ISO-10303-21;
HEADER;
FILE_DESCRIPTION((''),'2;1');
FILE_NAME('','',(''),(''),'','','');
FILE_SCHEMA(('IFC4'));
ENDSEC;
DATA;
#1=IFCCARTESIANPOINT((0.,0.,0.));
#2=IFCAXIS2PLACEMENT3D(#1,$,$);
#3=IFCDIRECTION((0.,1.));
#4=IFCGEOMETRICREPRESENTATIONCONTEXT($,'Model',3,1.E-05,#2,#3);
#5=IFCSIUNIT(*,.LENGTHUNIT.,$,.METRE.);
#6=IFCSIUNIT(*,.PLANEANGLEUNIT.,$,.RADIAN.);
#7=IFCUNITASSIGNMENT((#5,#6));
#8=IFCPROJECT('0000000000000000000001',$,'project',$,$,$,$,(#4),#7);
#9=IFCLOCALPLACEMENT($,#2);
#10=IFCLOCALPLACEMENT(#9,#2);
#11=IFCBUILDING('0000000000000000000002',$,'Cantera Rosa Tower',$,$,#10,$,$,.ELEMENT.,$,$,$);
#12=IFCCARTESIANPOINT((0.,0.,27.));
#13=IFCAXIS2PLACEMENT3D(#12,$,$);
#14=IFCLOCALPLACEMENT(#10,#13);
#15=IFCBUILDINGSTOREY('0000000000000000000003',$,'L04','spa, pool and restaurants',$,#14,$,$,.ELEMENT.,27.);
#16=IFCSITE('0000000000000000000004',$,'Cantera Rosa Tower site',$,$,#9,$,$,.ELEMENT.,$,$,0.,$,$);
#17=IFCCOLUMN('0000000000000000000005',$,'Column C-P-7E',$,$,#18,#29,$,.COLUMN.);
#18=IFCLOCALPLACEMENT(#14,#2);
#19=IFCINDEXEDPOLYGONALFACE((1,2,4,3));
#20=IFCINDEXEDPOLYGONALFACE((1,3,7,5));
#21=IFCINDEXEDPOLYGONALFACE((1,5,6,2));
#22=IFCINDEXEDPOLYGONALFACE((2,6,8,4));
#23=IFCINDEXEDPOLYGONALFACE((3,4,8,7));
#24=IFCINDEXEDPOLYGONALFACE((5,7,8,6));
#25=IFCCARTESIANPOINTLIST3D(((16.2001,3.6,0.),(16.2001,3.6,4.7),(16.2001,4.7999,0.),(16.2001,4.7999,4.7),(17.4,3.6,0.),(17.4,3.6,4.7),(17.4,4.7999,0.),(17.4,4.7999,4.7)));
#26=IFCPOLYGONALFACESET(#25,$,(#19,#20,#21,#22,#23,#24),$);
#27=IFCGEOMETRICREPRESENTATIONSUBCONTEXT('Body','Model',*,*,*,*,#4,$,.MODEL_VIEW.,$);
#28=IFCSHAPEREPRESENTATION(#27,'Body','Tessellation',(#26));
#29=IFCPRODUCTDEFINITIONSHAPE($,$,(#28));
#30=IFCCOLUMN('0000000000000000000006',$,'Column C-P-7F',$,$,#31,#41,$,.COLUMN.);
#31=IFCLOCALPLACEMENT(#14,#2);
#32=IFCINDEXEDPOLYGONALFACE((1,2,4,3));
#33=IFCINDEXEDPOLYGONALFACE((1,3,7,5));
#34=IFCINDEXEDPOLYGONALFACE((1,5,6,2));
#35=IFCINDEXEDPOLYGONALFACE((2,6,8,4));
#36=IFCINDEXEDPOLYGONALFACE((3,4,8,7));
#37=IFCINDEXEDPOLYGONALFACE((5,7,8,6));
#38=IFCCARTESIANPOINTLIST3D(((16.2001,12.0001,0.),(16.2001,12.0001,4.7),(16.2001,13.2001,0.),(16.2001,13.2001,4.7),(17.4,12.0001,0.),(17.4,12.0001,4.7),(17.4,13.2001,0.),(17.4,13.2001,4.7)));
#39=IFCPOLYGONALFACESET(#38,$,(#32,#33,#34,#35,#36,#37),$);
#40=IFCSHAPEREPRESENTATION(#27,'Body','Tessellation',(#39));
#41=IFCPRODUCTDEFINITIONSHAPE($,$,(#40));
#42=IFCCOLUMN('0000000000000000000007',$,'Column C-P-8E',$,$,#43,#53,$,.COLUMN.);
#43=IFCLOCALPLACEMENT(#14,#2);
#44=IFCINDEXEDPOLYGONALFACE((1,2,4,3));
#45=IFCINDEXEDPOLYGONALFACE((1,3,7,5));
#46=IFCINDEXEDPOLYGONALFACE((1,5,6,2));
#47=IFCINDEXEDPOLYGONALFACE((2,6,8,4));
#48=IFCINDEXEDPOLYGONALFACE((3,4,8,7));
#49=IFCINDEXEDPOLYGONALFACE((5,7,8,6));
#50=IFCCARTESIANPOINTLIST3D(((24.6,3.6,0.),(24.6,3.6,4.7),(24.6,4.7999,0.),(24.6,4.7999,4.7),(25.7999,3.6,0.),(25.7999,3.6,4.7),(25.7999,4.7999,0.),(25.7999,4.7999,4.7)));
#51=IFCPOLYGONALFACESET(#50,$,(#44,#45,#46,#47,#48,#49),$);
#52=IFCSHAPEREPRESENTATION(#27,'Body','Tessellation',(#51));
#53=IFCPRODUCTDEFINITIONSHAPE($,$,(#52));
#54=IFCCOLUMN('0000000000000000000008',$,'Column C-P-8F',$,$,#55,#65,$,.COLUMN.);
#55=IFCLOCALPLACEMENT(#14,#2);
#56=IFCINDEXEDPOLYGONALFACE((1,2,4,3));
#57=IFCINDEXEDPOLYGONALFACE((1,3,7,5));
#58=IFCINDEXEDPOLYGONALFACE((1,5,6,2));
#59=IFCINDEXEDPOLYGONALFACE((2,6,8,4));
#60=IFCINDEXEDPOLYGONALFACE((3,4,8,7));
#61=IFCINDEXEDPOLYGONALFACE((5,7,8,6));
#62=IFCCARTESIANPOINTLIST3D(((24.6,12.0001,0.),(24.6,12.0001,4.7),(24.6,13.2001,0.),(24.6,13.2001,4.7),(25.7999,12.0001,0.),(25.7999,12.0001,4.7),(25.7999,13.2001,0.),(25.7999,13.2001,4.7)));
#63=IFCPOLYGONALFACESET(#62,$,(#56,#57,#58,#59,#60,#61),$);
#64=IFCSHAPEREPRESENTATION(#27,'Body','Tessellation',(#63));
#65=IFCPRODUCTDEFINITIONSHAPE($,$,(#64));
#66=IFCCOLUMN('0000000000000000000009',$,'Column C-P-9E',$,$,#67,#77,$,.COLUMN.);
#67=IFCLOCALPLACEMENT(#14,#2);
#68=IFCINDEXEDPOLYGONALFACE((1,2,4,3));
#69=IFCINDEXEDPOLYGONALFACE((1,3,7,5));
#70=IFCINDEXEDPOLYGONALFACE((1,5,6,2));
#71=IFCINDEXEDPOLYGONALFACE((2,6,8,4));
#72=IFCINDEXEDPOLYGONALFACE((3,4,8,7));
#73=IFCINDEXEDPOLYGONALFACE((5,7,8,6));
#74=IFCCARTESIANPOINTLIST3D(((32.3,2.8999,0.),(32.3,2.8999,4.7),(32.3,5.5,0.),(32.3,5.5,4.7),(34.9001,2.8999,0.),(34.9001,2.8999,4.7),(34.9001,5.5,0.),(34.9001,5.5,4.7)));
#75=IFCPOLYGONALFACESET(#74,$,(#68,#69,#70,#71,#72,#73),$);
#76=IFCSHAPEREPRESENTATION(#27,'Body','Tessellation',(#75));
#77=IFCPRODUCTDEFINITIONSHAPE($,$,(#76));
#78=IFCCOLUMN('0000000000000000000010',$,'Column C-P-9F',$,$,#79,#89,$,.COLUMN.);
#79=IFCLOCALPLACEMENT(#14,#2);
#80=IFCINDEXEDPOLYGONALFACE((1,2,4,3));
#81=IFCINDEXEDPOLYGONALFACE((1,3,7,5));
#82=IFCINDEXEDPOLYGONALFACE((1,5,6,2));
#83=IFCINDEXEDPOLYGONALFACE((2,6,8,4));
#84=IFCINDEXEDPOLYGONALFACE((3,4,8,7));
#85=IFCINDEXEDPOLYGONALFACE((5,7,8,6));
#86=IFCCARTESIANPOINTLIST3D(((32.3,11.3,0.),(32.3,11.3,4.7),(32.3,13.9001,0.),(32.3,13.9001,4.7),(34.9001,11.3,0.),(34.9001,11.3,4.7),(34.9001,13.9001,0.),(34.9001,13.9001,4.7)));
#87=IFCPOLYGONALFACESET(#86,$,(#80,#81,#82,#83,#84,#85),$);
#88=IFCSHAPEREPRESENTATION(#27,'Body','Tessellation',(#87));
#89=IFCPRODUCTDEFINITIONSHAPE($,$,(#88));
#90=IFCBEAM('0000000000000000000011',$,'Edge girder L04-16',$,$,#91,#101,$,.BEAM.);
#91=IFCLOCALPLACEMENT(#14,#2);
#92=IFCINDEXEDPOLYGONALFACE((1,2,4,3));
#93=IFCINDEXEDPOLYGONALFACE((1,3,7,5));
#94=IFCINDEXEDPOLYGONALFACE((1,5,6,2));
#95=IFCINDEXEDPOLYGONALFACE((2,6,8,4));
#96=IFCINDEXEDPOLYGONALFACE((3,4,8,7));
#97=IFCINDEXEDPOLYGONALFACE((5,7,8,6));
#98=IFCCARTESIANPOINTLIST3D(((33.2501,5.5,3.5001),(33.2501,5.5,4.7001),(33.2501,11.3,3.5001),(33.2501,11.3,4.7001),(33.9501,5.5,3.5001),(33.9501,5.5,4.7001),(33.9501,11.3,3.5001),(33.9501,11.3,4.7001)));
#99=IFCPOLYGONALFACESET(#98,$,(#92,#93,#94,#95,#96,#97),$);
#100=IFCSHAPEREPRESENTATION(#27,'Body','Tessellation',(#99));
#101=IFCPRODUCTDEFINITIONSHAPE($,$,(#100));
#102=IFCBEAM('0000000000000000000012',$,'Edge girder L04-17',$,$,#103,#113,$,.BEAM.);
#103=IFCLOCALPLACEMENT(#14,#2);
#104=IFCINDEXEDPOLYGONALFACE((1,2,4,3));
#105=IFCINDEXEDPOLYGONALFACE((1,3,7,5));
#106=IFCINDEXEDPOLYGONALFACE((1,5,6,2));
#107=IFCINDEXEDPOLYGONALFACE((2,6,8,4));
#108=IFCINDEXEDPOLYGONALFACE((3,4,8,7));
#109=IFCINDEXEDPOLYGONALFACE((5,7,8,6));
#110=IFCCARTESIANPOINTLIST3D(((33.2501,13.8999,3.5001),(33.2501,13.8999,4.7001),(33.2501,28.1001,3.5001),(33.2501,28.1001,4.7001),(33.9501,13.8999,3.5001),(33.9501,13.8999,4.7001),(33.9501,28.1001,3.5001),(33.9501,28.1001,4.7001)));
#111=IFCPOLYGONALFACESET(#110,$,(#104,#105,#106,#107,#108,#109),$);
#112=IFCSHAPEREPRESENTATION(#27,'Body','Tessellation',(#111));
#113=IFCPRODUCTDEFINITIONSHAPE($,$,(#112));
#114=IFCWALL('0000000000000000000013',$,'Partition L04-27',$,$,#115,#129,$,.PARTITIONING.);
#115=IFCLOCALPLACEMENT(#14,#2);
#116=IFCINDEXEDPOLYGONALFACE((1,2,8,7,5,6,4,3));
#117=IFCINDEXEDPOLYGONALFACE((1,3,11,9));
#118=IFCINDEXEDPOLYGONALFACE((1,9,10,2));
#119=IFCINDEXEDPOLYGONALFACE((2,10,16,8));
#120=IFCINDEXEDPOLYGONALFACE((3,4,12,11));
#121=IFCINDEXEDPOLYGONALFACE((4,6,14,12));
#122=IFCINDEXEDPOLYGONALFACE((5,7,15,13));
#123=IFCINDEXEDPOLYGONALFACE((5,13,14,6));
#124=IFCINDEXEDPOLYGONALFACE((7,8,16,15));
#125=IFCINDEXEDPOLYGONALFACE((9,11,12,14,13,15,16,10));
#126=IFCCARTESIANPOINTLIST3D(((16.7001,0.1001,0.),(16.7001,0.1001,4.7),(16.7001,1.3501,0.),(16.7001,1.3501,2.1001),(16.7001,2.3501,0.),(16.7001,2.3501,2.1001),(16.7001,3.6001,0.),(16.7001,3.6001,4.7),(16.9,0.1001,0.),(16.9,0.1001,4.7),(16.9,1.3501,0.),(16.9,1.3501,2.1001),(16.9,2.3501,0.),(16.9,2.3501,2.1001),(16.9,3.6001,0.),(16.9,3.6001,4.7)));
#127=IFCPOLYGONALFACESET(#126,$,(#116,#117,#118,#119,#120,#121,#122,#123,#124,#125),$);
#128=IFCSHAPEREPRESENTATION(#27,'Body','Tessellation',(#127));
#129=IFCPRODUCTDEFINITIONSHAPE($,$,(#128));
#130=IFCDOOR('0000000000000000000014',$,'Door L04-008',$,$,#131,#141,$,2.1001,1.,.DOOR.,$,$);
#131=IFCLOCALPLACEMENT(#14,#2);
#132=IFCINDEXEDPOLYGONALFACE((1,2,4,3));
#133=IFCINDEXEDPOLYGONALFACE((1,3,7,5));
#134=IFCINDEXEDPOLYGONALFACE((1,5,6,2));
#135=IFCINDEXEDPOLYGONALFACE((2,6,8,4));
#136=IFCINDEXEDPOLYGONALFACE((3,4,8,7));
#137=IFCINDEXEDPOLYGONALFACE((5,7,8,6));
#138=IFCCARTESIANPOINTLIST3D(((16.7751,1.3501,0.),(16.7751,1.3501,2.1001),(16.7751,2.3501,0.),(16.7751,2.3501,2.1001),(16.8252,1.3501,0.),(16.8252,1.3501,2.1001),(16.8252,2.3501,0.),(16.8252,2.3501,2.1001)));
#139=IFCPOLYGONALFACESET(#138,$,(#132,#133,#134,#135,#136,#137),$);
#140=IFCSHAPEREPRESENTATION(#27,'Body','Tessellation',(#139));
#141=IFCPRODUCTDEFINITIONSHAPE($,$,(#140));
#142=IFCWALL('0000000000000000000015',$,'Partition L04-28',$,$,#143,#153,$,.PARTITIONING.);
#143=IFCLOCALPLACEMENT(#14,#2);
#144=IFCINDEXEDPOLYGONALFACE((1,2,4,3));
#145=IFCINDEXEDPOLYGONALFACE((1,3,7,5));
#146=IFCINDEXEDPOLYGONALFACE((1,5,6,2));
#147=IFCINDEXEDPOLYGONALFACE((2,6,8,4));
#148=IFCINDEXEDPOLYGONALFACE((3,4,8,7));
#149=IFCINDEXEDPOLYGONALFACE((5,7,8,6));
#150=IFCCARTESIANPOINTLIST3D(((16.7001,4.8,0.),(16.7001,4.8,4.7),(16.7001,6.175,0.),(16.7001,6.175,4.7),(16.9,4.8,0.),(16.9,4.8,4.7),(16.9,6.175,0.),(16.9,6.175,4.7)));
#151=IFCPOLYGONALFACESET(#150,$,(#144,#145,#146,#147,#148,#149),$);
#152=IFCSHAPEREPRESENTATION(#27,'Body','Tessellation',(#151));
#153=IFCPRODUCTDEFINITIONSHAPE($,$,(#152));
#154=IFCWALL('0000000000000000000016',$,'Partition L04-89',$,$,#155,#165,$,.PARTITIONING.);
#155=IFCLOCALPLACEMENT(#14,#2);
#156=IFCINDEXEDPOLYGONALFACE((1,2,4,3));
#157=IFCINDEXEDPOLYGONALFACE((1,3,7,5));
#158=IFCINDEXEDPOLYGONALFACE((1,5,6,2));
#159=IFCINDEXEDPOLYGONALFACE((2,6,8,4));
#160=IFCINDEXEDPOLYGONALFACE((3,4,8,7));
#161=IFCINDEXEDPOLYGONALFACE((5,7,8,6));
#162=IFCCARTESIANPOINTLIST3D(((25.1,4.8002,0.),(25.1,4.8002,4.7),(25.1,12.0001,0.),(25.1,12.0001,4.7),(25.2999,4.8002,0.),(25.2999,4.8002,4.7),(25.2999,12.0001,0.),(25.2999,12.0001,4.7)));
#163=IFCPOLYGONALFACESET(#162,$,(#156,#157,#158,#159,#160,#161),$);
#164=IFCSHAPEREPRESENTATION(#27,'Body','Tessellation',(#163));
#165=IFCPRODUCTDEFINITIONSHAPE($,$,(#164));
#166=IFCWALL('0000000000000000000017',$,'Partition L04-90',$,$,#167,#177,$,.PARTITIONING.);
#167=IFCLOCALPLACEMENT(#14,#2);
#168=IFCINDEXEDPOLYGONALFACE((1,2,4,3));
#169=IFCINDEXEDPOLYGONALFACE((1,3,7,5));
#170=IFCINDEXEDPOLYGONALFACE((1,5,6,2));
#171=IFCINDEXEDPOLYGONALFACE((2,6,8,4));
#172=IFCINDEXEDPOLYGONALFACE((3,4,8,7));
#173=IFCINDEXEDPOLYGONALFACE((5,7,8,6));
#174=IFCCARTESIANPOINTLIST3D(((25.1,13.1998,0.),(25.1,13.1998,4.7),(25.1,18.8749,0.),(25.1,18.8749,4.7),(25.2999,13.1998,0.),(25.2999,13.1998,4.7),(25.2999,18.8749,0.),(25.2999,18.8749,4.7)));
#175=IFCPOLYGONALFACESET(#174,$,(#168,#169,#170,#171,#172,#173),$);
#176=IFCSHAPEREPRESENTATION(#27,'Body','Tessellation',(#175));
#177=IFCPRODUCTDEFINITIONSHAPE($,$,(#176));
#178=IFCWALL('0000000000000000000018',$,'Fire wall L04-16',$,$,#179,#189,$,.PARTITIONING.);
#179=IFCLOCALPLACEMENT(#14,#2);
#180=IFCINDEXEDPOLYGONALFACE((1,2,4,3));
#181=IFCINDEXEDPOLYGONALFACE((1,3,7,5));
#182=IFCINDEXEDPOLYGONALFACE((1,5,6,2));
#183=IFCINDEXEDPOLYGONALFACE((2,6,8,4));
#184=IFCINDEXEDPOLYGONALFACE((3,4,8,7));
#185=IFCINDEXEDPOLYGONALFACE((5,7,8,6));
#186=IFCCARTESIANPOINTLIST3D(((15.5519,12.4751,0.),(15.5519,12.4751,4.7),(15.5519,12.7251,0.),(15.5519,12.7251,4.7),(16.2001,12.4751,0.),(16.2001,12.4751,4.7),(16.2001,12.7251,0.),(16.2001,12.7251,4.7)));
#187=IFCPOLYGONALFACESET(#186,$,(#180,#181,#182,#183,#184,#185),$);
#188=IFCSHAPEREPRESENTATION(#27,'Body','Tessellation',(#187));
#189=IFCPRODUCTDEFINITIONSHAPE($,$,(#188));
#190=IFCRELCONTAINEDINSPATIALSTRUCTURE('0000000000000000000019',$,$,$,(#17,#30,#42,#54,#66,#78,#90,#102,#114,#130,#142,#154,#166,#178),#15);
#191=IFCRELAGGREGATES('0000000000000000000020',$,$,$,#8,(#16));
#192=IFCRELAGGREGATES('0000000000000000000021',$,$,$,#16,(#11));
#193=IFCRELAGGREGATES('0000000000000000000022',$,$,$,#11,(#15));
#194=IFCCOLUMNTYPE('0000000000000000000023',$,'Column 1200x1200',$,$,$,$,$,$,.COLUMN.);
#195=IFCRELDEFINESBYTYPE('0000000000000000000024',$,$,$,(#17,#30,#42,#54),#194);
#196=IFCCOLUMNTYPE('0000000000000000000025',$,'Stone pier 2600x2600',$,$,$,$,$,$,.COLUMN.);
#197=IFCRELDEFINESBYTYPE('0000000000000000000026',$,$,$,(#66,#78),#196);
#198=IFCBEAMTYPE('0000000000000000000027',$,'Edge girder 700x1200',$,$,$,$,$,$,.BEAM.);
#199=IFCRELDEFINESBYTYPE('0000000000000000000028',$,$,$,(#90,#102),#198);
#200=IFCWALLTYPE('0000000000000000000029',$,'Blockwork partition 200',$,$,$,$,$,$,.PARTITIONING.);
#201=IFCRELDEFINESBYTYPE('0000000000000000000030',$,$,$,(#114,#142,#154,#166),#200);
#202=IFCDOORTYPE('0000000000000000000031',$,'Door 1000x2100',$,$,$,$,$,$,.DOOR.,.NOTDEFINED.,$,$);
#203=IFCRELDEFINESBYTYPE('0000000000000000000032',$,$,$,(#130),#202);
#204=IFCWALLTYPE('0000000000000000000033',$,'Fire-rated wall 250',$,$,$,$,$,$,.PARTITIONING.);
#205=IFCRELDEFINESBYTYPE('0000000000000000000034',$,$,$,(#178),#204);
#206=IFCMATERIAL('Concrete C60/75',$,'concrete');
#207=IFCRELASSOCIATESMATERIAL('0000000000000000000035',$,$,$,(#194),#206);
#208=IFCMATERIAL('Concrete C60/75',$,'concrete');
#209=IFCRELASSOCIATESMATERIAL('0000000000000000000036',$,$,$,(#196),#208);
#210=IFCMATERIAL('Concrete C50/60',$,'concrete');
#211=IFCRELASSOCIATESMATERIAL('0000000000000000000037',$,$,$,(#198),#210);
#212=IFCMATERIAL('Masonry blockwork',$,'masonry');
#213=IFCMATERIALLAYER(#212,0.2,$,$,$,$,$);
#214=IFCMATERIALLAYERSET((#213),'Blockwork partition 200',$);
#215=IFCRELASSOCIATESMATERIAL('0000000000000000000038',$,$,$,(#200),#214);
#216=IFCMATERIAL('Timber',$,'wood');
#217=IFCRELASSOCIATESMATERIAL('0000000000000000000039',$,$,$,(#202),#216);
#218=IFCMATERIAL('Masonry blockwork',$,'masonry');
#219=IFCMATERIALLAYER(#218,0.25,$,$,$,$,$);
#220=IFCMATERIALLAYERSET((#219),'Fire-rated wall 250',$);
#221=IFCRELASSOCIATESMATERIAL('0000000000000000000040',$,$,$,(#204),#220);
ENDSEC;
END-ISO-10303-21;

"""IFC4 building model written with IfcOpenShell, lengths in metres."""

from ifc_helpers import new_model, si_unit, direction, frame, frame_2d, origin, origin_2d, place, context, subcontext, project, spatial, rectangle, extrude, material, layer, layer_set, material_profile, profile_set, type_object, element, fill, save


model = new_model("IFC4")

# Units and contexts
model_context = context("Model", 3, precision=1e-05, world=origin(), true_north=direction((0.0, 1.0)))
body_context = subcontext(model_context, "Body", "Model", "MODEL_VIEW")
ifc_project = project(units=[si_unit("LENGTHUNIT", "METRE"), si_unit("PLANEANGLEUNIT", "RADIAN")], contexts=[model_context])

# Site, building, storey
site_placement = place(None, origin())
site = spatial("IfcSite", under=ifc_project, at=site_placement, Name="Cantera Rosa Tower site", CompositionType="ELEMENT", RefElevation=0.0)
building_placement = place(site_placement, origin())
building = spatial("IfcBuilding", under=site, at=building_placement, Name="Cantera Rosa Tower", CompositionType="ELEMENT")
storey_placement = place(building_placement, frame((0.0, 0.0, 27.0)))
storey = spatial("IfcBuildingStorey", under=building, at=storey_placement, Name="L04", Description="spa, pool and restaurants", CompositionType="ELEMENT", Elevation=27.0)

# Columns
ifc_material_1 = material(Name="Concrete C60/75", Category="concrete")
ifc_material_profile_1 = material_profile(ifc_material_1, rectangle(XDim=1.2, YDim=1.2, at=origin_2d()), Name="Column 1200x1200")
ifc_profile_set_1 = profile_set([ifc_material_profile_1], Name="Concrete C60/75")
column_type_1 = type_object("IfcColumnType", Name="Column 1200x1200", PredefinedType="COLUMN", material=ifc_profile_set_1)
for number, where, z_axis, x_axis, name in (
    (1, (16.8, 4.2, 0.0), (0.0, 0.0, 1.0), (1.0, 0.0, 0.0), "Column C-P-7E"),
    (2, (16.8, 12.6001, 0.0), (0.0, 0.0, 1.0), (1.0, 0.0, 0.0), "Column C-P-7F"),
    (3, (25.2, 4.2, 0.0), (0.0, 0.0, 1.0), (1.0, 0.0, 0.0), "Column C-P-8E"),
    (4, (25.2, 12.6001, 0.0), (0.0, 0.0, 1.0), (1.0, 0.0, 0.0), "Column C-P-8F"),
):
    element("IfcColumn", number, at=place(storey_placement, frame(where, z_axis=z_axis, x_axis=x_axis)), inside=storey, type_object=column_type_1, Name=name, PredefinedType="COLUMN", context=body_context, shape_type="SweptSolid", body=[
        extrude(rectangle(XDim=1.2, YDim=1.2, at=origin_2d()), origin(), (0.0, 0.0, 1.0), 4.7),
    ])
ifc_material_2 = material(Name="Concrete C60/75", Category="concrete")
ifc_material_profile_2 = material_profile(ifc_material_2, rectangle(XDim=2.6001, YDim=2.6001, at=origin_2d()), Name="Stone pier 2600x2600")
ifc_profile_set_2 = profile_set([ifc_material_profile_2], Name="Concrete C60/75")
column_type_2 = type_object("IfcColumnType", Name="Stone pier 2600x2600", PredefinedType="COLUMN", material=ifc_profile_set_2)
for number, where, z_axis, x_axis, name in (
    (5, (33.6001, 4.2, 0.0), (0.0, 0.0, 1.0), (1.0, 0.0, 0.0), "Column C-P-9E"),
    (6, (33.6001, 12.6001, 0.0), (0.0, 0.0, 1.0), (1.0, 0.0, 0.0), "Column C-P-9F"),
):
    element("IfcColumn", number, at=place(storey_placement, frame(where, z_axis=z_axis, x_axis=x_axis)), inside=storey, type_object=column_type_2, Name=name, PredefinedType="COLUMN", context=body_context, shape_type="SweptSolid", body=[
        extrude(rectangle(XDim=2.6001, YDim=2.6001, at=origin_2d()), origin(), (0.0, 0.0, 1.0), 4.7),
    ])

# Beams
ifc_material_3 = material(Name="Concrete C50/60", Category="concrete")
ifc_material_profile_3 = material_profile(ifc_material_3, rectangle(XDim=0.7, YDim=1.2, at=origin_2d()), Name="Edge girder 700x1200")
ifc_profile_set_3 = profile_set([ifc_material_profile_3], Name="Concrete C50/60")
beam_type = type_object("IfcBeamType", Name="Edge girder 700x1200", PredefinedType="BEAM", material=ifc_profile_set_3)
beam_1_placement = place(storey_placement, frame((33.6001, 5.5, 4.1001), z_axis=(0.0, 1.0, 0.0), x_axis=(-1.0, 0.0, 0.0)))
element("IfcBeam", 7, at=beam_1_placement, inside=storey, type_object=beam_type, Name="Edge girder L04-16", PredefinedType="BEAM", context=body_context, shape_type="SweptSolid", body=[
    extrude(rectangle(XDim=0.7, YDim=1.2, at=origin_2d()), origin(), (0.0, 0.0, 1.0), 5.8),
])
beam_2_placement = place(storey_placement, frame((33.6001, 13.8999, 4.1001), z_axis=(0.0, 1.0, 0.0), x_axis=(-1.0, 0.0, 0.0)))
element("IfcBeam", 8, at=beam_2_placement, inside=storey, type_object=beam_type, Name="Edge girder L04-17", PredefinedType="BEAM", context=body_context, shape_type="SweptSolid", body=[
    extrude(rectangle(XDim=0.7, YDim=1.2, at=origin_2d()), origin(), (0.0, 0.0, 1.0), 14.2002),
])

# Wall, opening, door
ifc_material_4 = material(Name="Masonry blockwork", Category="masonry")
ifc_layer_1 = layer(ifc_material_4, 0.2)
ifc_layer_set_1 = layer_set([ifc_layer_1], Name="Blockwork partition 200")
wall_type_1 = type_object("IfcWallType", Name="Blockwork partition 200", PredefinedType="PARTITIONING", material=ifc_layer_set_1)
wall_1_placement = place(storey_placement, frame((16.8, 0.1001, 0.0), z_axis=(0.0, 0.0, 1.0), x_axis=(0.0, 1.0, 0.0)))
wall_1 = element("IfcWall", 9, at=wall_1_placement, inside=storey, type_object=wall_type_1, Name="Partition L04-27", PredefinedType="PARTITIONING", context=body_context, shape_type="SweptSolid", body=[
    extrude(rectangle(XDim=3.5, YDim=0.2, at=frame_2d((1.75, 0.0))), origin(), (0.0, 0.0, 1.0), 4.7),
])
opening_1_placement = place(wall_1_placement, frame((1.25, 0.0, 0.0)))
opening_1 = element("IfcOpeningElement", 10, at=opening_1_placement, cuts=wall_1, PredefinedType="OPENING", context=body_context, shape_type="SweptSolid", body=[
    extrude(rectangle(XDim=1.0, YDim=2.1001, at=frame_2d((0.5, 1.05))), frame((0.0, 0.1099, 0.0), z_axis=(0.0, -1.0, 0.0), x_axis=(1.0, 0.0, 0.0)), (0.0, 0.0, 1.0), 0.22),
])
ifc_material_5 = material(Name="Timber", Category="wood")
door_type_1 = type_object("IfcDoorType", Name="Door 1000x2100", OperationType="NOTDEFINED", PredefinedType="DOOR", material=ifc_material_5)
door_1_placement = place(opening_1_placement, origin())
door_1 = element("IfcDoor", 11, at=door_1_placement, inside=storey, type_object=door_type_1, Name="Door L04-008", OverallHeight=2.1001, OverallWidth=1.0, PredefinedType="DOOR", context=body_context, shape_type="SweptSolid", body=[
    extrude(rectangle(XDim=1.0, YDim=2.1001, at=frame_2d((0.5, 1.05))), frame((0.0, 0.0249, 0.0), z_axis=(0.0, -1.0, 0.0), x_axis=(1.0, 0.0, 0.0)), (0.0, 0.0, 1.0), 0.05),
])
fill(opening_1, door_1)

# Walls
wall_2_placement = place(storey_placement, frame((16.8, 4.8, 0.0), z_axis=(0.0, 0.0, 1.0), x_axis=(0.0, 1.0, 0.0)))
element("IfcWall", 12, at=wall_2_placement, inside=storey, type_object=wall_type_1, Name="Partition L04-28", PredefinedType="PARTITIONING", context=body_context, shape_type="SweptSolid", body=[
    extrude(rectangle(XDim=1.375, YDim=0.2, at=frame_2d((0.6875, 0.0))), origin(), (0.0, 0.0, 1.0), 4.7),
])
wall_3_placement = place(storey_placement, frame((25.2, 4.8, 0.0), z_axis=(0.0, 0.0, 1.0), x_axis=(0.0, 1.0, 0.0)))
element("IfcWall", 13, at=wall_3_placement, inside=storey, type_object=wall_type_1, Name="Partition L04-89", PredefinedType="PARTITIONING", context=body_context, shape_type="SweptSolid", body=[
    extrude(rectangle(XDim=7.2, YDim=0.2, at=frame_2d((3.6001, 0.0))), origin(), (0.0, 0.0, 1.0), 4.7),
])
wall_4_placement = place(storey_placement, frame((25.2, 13.2, 0.0), z_axis=(0.0, 0.0, 1.0), x_axis=(0.0, 1.0, 0.0)))
element("IfcWall", 14, at=wall_4_placement, inside=storey, type_object=wall_type_1, Name="Partition L04-90", PredefinedType="PARTITIONING", context=body_context, shape_type="SweptSolid", body=[
    extrude(rectangle(XDim=5.675, YDim=0.2, at=frame_2d((2.8374, 0.0))), origin(), (0.0, 0.0, 1.0), 4.7),
])
ifc_material_6 = material(Name="Masonry blockwork", Category="masonry")
ifc_layer_2 = layer(ifc_material_6, 0.25)
ifc_layer_set_2 = layer_set([ifc_layer_2], Name="Fire-rated wall 250")
wall_type_2 = type_object("IfcWallType", Name="Fire-rated wall 250", PredefinedType="PARTITIONING", material=ifc_layer_set_2)
wall_5_placement = place(storey_placement, frame((15.5518, 12.6001, 0.0), z_axis=(0.0, 0.0, 1.0), x_axis=(1.0, 0.0, 0.0)))
element("IfcWall", 15, at=wall_5_placement, inside=storey, type_object=wall_type_2, Name="Fire wall L04-16", PredefinedType="PARTITIONING", context=body_context, shape_type="SweptSolid", body=[
    extrude(rectangle(XDim=0.6482, YDim=0.25, at=frame_2d((0.3242, 0.0))), origin(), (0.0, 0.0, 1.0), 4.7),
])

save(model, "model.ifc")
